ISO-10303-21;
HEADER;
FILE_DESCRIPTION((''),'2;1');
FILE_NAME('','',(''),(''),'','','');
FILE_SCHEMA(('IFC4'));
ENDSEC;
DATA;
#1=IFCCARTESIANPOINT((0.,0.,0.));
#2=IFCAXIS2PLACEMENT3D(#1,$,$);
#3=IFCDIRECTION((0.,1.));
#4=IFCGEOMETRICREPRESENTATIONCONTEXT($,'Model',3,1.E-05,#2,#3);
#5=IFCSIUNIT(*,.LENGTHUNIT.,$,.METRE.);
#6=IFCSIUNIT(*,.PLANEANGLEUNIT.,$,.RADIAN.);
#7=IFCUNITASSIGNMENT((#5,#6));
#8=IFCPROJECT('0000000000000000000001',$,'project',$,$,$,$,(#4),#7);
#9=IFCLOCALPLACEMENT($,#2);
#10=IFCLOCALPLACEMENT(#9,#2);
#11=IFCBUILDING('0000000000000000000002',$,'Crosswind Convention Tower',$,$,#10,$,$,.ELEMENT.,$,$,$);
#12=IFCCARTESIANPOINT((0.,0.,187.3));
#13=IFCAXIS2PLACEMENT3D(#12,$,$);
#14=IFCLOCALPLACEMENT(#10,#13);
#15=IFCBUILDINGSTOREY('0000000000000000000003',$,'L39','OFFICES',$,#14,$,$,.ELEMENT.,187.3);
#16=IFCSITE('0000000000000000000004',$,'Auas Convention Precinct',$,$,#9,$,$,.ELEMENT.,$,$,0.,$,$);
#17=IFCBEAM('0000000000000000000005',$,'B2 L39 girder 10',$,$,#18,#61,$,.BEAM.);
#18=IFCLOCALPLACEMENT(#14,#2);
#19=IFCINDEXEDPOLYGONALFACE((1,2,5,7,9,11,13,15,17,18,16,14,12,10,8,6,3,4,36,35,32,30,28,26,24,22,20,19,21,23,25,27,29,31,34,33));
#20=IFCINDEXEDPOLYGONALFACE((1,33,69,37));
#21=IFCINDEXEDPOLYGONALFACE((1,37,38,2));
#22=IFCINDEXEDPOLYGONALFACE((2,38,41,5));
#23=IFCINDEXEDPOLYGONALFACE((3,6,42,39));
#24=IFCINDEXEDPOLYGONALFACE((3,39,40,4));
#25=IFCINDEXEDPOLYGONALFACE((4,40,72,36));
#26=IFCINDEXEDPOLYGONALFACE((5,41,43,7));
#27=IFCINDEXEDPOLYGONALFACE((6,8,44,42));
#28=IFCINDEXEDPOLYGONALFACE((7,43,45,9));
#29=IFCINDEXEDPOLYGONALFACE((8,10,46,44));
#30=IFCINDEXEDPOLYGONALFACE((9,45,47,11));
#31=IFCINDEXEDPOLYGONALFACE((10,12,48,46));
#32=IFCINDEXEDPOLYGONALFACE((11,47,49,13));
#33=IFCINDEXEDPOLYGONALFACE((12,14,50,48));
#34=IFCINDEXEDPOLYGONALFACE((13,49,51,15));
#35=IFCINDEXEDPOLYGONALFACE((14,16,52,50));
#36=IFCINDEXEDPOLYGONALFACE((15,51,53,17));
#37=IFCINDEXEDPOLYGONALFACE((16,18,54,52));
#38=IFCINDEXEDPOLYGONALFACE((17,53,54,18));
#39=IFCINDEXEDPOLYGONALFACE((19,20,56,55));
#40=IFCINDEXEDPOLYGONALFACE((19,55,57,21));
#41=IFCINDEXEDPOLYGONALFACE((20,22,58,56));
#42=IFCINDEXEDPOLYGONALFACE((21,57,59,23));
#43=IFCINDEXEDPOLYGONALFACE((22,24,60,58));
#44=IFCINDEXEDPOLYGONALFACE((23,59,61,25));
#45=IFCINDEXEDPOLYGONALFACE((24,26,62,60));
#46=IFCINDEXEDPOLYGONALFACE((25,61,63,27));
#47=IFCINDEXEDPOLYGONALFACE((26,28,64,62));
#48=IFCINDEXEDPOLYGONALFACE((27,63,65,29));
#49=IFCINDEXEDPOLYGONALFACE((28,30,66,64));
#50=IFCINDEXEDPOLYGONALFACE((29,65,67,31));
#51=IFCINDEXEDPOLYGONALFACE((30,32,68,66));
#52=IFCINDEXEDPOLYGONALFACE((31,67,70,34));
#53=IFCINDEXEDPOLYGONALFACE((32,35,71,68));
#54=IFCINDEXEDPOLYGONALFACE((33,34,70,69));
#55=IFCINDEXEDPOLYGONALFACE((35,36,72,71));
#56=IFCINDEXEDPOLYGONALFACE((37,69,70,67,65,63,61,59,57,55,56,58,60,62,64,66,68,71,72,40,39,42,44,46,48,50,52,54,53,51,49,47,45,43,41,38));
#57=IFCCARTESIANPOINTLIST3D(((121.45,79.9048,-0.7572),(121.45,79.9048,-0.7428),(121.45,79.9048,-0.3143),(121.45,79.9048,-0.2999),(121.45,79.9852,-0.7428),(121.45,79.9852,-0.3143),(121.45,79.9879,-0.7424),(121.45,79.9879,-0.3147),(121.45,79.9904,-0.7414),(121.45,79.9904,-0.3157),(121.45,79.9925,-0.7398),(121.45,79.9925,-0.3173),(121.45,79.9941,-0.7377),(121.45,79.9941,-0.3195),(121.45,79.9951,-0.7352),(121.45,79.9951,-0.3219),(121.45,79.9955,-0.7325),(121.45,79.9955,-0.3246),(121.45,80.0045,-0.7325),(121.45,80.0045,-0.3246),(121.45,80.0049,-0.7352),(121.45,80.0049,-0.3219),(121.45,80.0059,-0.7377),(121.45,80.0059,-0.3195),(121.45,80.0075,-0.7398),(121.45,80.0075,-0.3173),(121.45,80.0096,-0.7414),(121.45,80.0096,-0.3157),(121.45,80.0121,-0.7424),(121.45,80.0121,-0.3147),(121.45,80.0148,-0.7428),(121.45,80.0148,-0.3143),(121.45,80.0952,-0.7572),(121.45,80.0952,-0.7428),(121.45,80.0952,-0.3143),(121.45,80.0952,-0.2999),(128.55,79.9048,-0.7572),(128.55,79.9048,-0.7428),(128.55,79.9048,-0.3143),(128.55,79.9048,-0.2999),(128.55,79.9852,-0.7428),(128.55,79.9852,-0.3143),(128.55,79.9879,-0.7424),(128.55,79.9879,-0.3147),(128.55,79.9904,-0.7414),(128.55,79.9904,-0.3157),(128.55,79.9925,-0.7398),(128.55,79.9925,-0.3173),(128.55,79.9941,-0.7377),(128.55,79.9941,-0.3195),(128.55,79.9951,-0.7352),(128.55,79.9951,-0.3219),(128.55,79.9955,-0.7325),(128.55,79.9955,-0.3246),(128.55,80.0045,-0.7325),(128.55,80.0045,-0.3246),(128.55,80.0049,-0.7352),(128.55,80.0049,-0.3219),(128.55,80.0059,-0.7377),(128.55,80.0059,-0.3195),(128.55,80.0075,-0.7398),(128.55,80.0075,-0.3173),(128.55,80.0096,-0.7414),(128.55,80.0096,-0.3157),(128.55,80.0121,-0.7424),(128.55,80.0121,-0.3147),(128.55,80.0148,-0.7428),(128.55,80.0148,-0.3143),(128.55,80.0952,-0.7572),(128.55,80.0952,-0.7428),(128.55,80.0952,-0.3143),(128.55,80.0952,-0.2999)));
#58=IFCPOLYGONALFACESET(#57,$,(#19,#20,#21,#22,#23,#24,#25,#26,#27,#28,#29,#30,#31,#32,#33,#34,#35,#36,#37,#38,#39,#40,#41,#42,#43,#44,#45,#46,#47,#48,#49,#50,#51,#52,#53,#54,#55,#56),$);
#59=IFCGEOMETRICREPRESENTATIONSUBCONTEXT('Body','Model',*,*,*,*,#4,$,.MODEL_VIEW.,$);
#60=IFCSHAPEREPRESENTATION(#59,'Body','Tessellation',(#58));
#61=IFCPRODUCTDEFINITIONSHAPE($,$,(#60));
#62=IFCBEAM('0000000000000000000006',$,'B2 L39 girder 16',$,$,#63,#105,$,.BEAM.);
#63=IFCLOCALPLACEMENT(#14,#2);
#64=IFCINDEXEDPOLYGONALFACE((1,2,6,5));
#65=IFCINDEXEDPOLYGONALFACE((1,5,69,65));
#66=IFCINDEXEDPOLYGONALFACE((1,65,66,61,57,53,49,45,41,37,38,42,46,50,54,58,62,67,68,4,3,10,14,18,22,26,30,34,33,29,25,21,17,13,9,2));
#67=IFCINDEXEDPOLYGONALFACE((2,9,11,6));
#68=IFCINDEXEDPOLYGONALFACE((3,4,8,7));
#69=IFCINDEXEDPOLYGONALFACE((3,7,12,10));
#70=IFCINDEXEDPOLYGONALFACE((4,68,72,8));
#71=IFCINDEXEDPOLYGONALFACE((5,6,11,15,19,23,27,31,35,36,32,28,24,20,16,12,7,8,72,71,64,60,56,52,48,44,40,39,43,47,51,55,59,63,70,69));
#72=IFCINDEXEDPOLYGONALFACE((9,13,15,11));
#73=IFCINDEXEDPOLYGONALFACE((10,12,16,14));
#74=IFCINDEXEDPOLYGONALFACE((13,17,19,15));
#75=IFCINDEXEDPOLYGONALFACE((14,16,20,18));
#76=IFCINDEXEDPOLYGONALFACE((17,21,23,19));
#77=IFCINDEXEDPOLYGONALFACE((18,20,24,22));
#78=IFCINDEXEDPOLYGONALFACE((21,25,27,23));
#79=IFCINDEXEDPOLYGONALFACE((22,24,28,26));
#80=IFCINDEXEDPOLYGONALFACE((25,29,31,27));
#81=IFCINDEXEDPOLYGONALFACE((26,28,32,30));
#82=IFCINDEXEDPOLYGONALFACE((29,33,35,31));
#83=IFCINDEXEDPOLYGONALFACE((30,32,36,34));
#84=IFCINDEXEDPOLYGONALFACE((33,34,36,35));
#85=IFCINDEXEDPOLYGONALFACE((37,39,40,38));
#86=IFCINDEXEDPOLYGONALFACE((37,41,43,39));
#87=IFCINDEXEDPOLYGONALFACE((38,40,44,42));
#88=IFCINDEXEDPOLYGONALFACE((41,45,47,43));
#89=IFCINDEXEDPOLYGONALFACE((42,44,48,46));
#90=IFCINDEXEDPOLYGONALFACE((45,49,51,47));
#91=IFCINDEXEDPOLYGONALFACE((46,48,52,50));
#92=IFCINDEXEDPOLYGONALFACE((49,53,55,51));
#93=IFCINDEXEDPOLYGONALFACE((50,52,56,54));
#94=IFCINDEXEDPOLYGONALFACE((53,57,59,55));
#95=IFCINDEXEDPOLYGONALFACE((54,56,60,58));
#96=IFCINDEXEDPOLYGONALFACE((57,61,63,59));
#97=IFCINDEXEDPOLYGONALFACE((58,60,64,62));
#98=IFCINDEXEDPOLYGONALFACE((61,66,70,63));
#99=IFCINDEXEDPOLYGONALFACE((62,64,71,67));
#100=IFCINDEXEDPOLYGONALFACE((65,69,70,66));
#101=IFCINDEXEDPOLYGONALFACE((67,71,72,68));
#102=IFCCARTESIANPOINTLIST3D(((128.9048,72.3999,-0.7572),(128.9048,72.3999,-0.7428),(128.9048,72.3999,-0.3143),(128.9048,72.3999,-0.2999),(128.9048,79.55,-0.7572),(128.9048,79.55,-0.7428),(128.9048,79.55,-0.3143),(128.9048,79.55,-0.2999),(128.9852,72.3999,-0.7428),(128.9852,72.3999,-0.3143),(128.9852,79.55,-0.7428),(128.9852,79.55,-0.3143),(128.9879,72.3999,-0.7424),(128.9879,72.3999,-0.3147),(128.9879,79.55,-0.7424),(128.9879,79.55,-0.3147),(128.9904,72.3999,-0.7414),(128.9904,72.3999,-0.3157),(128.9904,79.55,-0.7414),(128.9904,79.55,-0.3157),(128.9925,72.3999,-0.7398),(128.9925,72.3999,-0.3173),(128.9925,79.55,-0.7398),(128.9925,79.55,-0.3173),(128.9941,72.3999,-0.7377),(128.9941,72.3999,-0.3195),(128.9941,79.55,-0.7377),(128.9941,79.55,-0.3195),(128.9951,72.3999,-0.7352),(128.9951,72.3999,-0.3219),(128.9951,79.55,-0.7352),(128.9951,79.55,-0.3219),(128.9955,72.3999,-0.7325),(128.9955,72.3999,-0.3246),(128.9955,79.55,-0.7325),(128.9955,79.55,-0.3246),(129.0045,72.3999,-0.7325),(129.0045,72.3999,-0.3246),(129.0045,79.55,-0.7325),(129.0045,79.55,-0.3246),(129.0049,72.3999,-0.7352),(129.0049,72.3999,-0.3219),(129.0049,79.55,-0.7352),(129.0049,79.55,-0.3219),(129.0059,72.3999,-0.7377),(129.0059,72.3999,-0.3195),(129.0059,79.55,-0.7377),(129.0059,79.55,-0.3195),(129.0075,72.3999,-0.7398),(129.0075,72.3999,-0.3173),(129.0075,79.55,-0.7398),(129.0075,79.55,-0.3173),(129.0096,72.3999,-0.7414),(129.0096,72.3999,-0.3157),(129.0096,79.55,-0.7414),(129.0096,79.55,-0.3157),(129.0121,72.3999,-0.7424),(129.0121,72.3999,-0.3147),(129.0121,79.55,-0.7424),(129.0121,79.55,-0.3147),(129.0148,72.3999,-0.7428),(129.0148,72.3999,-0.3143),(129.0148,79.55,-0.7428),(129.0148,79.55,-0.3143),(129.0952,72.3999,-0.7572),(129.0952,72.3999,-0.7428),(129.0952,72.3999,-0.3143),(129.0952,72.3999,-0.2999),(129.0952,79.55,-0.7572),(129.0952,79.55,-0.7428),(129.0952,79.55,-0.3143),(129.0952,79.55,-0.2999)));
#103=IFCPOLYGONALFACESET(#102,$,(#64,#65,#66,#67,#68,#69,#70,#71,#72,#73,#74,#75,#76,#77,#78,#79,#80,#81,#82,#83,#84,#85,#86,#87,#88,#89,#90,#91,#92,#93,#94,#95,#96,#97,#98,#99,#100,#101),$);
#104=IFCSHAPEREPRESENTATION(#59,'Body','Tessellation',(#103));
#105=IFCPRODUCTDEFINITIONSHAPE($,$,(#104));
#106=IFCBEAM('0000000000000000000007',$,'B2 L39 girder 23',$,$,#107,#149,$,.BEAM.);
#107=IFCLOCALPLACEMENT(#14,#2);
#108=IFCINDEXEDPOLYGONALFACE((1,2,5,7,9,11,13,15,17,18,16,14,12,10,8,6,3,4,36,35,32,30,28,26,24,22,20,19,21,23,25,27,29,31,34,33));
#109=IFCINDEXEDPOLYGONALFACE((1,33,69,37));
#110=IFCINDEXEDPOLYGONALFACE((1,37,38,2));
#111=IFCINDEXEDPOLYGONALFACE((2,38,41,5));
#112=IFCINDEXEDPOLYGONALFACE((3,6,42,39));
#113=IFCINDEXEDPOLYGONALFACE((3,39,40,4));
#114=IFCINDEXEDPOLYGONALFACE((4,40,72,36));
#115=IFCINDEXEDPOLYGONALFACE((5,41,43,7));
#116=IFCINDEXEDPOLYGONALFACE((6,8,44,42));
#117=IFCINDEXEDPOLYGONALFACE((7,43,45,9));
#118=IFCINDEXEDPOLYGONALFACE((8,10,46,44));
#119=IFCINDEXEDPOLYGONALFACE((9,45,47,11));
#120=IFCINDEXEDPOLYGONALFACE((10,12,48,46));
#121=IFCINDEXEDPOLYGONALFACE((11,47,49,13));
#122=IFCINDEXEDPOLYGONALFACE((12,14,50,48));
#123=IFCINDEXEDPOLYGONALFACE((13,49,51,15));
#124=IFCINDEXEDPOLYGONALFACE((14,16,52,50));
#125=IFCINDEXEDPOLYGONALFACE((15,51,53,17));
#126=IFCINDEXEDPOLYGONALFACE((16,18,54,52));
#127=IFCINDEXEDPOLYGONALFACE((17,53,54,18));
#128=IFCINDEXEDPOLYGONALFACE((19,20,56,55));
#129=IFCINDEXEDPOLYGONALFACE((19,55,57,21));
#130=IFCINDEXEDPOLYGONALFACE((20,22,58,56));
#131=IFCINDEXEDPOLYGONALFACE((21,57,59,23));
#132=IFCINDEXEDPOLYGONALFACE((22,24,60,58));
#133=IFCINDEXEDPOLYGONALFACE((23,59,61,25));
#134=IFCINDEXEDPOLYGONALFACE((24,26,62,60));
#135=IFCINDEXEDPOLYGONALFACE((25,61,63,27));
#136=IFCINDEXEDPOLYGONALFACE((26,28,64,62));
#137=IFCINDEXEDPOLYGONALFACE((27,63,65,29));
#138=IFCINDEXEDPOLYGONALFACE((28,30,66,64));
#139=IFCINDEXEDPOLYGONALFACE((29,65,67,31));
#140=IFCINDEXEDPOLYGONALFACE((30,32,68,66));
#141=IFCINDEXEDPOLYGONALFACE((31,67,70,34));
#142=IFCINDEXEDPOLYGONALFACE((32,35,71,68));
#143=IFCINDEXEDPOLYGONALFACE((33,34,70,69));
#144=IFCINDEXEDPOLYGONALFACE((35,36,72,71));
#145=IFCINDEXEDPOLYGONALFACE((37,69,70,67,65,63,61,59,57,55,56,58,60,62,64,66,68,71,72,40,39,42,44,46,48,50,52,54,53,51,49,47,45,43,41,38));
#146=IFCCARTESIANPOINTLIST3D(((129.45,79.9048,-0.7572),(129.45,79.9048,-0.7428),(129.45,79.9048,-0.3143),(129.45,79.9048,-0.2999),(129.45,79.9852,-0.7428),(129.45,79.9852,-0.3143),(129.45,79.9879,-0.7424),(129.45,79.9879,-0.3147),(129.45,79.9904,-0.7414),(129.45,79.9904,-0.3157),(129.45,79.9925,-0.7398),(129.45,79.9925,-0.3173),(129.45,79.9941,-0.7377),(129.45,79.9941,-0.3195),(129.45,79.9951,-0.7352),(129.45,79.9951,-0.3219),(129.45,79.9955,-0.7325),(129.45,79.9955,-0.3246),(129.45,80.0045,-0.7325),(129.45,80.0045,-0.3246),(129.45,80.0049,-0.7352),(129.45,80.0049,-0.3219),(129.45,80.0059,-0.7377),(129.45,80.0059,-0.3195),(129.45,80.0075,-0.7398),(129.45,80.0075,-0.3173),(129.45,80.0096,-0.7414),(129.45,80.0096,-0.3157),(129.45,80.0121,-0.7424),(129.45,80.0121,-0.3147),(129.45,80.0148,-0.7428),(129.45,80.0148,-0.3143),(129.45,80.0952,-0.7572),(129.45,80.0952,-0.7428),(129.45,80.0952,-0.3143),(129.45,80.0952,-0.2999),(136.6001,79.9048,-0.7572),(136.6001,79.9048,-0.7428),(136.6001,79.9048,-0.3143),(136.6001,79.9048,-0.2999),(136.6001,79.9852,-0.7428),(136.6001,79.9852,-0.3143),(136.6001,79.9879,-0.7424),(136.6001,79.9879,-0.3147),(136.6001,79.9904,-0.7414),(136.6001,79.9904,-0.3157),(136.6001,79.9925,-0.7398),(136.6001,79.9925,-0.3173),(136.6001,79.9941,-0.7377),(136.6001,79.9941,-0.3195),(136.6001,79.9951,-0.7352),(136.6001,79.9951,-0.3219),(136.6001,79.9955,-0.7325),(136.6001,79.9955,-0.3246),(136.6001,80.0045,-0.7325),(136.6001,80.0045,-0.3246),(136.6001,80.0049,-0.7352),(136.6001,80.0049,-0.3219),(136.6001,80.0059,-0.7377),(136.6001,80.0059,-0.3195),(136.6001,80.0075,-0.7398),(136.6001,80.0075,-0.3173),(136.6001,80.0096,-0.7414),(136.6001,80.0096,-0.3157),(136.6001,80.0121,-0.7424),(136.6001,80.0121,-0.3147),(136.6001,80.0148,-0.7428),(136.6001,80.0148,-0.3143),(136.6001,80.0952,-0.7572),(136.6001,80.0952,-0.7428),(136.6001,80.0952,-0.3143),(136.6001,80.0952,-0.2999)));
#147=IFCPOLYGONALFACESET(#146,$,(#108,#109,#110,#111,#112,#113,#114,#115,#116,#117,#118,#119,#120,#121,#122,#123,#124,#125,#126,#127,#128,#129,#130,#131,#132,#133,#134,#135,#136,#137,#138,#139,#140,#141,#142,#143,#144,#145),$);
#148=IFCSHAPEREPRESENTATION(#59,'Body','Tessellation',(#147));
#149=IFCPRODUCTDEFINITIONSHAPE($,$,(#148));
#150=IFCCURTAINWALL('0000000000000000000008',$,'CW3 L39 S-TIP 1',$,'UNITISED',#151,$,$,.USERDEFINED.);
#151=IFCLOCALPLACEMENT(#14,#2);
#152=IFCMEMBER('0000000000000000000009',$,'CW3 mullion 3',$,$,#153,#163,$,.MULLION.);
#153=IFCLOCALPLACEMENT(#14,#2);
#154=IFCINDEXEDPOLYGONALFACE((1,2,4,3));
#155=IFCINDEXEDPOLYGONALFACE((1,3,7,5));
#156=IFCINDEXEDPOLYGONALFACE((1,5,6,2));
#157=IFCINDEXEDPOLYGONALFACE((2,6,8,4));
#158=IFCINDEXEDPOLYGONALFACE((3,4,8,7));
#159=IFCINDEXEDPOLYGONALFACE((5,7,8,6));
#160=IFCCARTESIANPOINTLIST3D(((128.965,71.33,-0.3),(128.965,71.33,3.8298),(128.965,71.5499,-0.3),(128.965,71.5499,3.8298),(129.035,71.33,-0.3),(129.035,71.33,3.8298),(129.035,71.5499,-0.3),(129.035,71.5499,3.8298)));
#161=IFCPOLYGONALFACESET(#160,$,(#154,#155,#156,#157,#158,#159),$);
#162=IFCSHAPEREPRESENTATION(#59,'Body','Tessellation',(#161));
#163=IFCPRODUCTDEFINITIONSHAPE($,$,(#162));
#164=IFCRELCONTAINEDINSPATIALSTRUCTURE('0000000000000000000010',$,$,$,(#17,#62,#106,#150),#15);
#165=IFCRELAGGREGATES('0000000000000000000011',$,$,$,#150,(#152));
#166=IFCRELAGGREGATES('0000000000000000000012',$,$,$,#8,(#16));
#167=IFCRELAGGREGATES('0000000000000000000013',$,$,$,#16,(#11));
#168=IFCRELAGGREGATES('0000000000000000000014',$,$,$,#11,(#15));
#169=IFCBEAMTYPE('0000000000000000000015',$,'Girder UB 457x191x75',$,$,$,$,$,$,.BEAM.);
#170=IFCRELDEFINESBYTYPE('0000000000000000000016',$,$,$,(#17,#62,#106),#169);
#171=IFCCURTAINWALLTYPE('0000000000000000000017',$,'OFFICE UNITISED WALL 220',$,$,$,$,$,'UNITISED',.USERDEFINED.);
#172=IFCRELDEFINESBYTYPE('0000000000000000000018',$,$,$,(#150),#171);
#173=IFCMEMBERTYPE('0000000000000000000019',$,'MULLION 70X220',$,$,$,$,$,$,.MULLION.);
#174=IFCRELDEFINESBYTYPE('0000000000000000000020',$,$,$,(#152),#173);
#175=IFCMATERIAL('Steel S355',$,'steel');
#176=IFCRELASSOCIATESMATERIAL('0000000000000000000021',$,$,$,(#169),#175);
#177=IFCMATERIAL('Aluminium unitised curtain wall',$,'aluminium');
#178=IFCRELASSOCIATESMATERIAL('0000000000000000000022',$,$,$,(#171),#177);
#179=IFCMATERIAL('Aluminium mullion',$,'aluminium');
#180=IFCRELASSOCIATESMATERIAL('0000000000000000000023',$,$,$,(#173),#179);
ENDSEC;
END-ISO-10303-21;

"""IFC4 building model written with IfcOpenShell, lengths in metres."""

from ifc_helpers import new_model, si_unit, direction, frame, origin, origin_2d, place, context, subcontext, project, spatial, rectangle, i_section, extrude, material, material_profile, profile_set, type_object, element, aggregate, save


model = new_model("IFC4")

# Units and contexts
model_context = context("Model", 3, precision=1e-05, world=origin(), true_north=direction((0.0, 1.0)))
body_context = subcontext(model_context, "Body", "Model", "MODEL_VIEW")
ifc_project = project(units=[si_unit("LENGTHUNIT", "METRE"), si_unit("PLANEANGLEUNIT", "RADIAN")], contexts=[model_context])

# Site, building, storey
site_placement = place(None, origin())
site = spatial("IfcSite", under=ifc_project, at=site_placement, Name="Auas Convention Precinct", CompositionType="ELEMENT", RefElevation=0.0)
building_placement = place(site_placement, origin())
building = spatial("IfcBuilding", under=site, at=building_placement, Name="Crosswind Convention Tower", CompositionType="ELEMENT")
storey_placement = place(building_placement, frame((0.0, 0.0, 187.3)))
storey = spatial("IfcBuildingStorey", under=building, at=storey_placement, Name="L39", Description="OFFICES", CompositionType="ELEMENT", Elevation=187.3)

# Beams
ifc_material_1 = material(Name="Steel S355", Category="steel")
ifc_material_profile_1 = material_profile(ifc_material_1, i_section(OverallWidth=0.1904, OverallDepth=0.4573, WebThickness=0.009, FlangeThickness=0.0144, FilletRadius=0.0103, at=origin_2d()), Name="UB 457x191x75")
ifc_profile_set_1 = profile_set([ifc_material_profile_1], Name="Steel S355")
beam_type_1 = type_object("IfcBeamType", Name="Girder UB 457x191x75", PredefinedType="BEAM", material=ifc_profile_set_1)
beam_1_placement = place(storey_placement, frame((121.45, 80.0, -0.5286), z_axis=(1.0, 0.0, 0.0), x_axis=(0.0, 1.0, 0.0)))
element("IfcBeam", 1, at=beam_1_placement, inside=storey, type_object=beam_type_1, Name="B2 L39 girder 10", PredefinedType="BEAM", context=body_context, shape_type="SweptSolid", body=[
    extrude(i_section(OverallWidth=0.1904, OverallDepth=0.4573, WebThickness=0.009, FlangeThickness=0.0144, FilletRadius=0.0103, at=origin_2d()), origin(), (0.0, 0.0, 1.0), 7.1001),
])
for number, where, z_axis, x_axis, name in (
    (2, (129.0, 72.3999, -0.5286), (0.0, 1.0, 0.0), (-1.0, 0.0, 0.0), "B2 L39 girder 16"),
    (3, (129.45, 80.0, -0.5286), (1.0, 0.0, 0.0), (0.0, 1.0, 0.0), "B2 L39 girder 23"),
):
    element("IfcBeam", number, at=place(storey_placement, frame(where, z_axis=z_axis, x_axis=x_axis)), inside=storey, type_object=beam_type_1, Name=name, PredefinedType="BEAM", context=body_context, shape_type="SweptSolid", body=[
        extrude(i_section(OverallWidth=0.1904, OverallDepth=0.4573, WebThickness=0.009, FlangeThickness=0.0144, FilletRadius=0.0103, at=origin_2d()), origin(), (0.0, 0.0, 1.0), 7.1501),
    ])

# Curtain wall, member
ifc_material_2 = material(Name="Aluminium unitised curtain wall", Category="aluminium")
curtain_wall_type = type_object("IfcCurtainWallType", Name="OFFICE UNITISED WALL 220", ElementType="UNITISED", PredefinedType="USERDEFINED", material=ifc_material_2)
curtain_wall_placement = place(storey_placement, origin())
curtain_wall = element("IfcCurtainWall", 4, at=curtain_wall_placement, inside=storey, type_object=curtain_wall_type, Name="CW3 L39 S-TIP 1", ObjectType="UNITISED", PredefinedType="USERDEFINED")
ifc_material_3 = material(Name="Aluminium mullion", Category="aluminium")
ifc_material_profile_2 = material_profile(ifc_material_3, rectangle(XDim=0.22, YDim=0.0701, at=origin_2d()), Name="AL 220X70")
ifc_profile_set_2 = profile_set([ifc_material_profile_2], Name="Aluminium mullion")
member_type = type_object("IfcMemberType", Name="MULLION 70X220", PredefinedType="MULLION", material=ifc_profile_set_2)
member_placement = place(storey_placement, frame((129.0, 71.4399, -0.3), z_axis=(0.0, 0.0, 1.0), x_axis=(0.0, -1.0, 0.0)))
member = element("IfcMember", 5, at=member_placement, type_object=member_type, Name="CW3 mullion 3", PredefinedType="MULLION", context=body_context, shape_type="SweptSolid", body=[
    extrude(rectangle(XDim=0.22, YDim=0.0701, at=origin_2d()), origin(), (0.0, 0.0, 1.0), 4.1299),
])

aggregate(curtain_wall, [member])

save(model, "model.ifc")
